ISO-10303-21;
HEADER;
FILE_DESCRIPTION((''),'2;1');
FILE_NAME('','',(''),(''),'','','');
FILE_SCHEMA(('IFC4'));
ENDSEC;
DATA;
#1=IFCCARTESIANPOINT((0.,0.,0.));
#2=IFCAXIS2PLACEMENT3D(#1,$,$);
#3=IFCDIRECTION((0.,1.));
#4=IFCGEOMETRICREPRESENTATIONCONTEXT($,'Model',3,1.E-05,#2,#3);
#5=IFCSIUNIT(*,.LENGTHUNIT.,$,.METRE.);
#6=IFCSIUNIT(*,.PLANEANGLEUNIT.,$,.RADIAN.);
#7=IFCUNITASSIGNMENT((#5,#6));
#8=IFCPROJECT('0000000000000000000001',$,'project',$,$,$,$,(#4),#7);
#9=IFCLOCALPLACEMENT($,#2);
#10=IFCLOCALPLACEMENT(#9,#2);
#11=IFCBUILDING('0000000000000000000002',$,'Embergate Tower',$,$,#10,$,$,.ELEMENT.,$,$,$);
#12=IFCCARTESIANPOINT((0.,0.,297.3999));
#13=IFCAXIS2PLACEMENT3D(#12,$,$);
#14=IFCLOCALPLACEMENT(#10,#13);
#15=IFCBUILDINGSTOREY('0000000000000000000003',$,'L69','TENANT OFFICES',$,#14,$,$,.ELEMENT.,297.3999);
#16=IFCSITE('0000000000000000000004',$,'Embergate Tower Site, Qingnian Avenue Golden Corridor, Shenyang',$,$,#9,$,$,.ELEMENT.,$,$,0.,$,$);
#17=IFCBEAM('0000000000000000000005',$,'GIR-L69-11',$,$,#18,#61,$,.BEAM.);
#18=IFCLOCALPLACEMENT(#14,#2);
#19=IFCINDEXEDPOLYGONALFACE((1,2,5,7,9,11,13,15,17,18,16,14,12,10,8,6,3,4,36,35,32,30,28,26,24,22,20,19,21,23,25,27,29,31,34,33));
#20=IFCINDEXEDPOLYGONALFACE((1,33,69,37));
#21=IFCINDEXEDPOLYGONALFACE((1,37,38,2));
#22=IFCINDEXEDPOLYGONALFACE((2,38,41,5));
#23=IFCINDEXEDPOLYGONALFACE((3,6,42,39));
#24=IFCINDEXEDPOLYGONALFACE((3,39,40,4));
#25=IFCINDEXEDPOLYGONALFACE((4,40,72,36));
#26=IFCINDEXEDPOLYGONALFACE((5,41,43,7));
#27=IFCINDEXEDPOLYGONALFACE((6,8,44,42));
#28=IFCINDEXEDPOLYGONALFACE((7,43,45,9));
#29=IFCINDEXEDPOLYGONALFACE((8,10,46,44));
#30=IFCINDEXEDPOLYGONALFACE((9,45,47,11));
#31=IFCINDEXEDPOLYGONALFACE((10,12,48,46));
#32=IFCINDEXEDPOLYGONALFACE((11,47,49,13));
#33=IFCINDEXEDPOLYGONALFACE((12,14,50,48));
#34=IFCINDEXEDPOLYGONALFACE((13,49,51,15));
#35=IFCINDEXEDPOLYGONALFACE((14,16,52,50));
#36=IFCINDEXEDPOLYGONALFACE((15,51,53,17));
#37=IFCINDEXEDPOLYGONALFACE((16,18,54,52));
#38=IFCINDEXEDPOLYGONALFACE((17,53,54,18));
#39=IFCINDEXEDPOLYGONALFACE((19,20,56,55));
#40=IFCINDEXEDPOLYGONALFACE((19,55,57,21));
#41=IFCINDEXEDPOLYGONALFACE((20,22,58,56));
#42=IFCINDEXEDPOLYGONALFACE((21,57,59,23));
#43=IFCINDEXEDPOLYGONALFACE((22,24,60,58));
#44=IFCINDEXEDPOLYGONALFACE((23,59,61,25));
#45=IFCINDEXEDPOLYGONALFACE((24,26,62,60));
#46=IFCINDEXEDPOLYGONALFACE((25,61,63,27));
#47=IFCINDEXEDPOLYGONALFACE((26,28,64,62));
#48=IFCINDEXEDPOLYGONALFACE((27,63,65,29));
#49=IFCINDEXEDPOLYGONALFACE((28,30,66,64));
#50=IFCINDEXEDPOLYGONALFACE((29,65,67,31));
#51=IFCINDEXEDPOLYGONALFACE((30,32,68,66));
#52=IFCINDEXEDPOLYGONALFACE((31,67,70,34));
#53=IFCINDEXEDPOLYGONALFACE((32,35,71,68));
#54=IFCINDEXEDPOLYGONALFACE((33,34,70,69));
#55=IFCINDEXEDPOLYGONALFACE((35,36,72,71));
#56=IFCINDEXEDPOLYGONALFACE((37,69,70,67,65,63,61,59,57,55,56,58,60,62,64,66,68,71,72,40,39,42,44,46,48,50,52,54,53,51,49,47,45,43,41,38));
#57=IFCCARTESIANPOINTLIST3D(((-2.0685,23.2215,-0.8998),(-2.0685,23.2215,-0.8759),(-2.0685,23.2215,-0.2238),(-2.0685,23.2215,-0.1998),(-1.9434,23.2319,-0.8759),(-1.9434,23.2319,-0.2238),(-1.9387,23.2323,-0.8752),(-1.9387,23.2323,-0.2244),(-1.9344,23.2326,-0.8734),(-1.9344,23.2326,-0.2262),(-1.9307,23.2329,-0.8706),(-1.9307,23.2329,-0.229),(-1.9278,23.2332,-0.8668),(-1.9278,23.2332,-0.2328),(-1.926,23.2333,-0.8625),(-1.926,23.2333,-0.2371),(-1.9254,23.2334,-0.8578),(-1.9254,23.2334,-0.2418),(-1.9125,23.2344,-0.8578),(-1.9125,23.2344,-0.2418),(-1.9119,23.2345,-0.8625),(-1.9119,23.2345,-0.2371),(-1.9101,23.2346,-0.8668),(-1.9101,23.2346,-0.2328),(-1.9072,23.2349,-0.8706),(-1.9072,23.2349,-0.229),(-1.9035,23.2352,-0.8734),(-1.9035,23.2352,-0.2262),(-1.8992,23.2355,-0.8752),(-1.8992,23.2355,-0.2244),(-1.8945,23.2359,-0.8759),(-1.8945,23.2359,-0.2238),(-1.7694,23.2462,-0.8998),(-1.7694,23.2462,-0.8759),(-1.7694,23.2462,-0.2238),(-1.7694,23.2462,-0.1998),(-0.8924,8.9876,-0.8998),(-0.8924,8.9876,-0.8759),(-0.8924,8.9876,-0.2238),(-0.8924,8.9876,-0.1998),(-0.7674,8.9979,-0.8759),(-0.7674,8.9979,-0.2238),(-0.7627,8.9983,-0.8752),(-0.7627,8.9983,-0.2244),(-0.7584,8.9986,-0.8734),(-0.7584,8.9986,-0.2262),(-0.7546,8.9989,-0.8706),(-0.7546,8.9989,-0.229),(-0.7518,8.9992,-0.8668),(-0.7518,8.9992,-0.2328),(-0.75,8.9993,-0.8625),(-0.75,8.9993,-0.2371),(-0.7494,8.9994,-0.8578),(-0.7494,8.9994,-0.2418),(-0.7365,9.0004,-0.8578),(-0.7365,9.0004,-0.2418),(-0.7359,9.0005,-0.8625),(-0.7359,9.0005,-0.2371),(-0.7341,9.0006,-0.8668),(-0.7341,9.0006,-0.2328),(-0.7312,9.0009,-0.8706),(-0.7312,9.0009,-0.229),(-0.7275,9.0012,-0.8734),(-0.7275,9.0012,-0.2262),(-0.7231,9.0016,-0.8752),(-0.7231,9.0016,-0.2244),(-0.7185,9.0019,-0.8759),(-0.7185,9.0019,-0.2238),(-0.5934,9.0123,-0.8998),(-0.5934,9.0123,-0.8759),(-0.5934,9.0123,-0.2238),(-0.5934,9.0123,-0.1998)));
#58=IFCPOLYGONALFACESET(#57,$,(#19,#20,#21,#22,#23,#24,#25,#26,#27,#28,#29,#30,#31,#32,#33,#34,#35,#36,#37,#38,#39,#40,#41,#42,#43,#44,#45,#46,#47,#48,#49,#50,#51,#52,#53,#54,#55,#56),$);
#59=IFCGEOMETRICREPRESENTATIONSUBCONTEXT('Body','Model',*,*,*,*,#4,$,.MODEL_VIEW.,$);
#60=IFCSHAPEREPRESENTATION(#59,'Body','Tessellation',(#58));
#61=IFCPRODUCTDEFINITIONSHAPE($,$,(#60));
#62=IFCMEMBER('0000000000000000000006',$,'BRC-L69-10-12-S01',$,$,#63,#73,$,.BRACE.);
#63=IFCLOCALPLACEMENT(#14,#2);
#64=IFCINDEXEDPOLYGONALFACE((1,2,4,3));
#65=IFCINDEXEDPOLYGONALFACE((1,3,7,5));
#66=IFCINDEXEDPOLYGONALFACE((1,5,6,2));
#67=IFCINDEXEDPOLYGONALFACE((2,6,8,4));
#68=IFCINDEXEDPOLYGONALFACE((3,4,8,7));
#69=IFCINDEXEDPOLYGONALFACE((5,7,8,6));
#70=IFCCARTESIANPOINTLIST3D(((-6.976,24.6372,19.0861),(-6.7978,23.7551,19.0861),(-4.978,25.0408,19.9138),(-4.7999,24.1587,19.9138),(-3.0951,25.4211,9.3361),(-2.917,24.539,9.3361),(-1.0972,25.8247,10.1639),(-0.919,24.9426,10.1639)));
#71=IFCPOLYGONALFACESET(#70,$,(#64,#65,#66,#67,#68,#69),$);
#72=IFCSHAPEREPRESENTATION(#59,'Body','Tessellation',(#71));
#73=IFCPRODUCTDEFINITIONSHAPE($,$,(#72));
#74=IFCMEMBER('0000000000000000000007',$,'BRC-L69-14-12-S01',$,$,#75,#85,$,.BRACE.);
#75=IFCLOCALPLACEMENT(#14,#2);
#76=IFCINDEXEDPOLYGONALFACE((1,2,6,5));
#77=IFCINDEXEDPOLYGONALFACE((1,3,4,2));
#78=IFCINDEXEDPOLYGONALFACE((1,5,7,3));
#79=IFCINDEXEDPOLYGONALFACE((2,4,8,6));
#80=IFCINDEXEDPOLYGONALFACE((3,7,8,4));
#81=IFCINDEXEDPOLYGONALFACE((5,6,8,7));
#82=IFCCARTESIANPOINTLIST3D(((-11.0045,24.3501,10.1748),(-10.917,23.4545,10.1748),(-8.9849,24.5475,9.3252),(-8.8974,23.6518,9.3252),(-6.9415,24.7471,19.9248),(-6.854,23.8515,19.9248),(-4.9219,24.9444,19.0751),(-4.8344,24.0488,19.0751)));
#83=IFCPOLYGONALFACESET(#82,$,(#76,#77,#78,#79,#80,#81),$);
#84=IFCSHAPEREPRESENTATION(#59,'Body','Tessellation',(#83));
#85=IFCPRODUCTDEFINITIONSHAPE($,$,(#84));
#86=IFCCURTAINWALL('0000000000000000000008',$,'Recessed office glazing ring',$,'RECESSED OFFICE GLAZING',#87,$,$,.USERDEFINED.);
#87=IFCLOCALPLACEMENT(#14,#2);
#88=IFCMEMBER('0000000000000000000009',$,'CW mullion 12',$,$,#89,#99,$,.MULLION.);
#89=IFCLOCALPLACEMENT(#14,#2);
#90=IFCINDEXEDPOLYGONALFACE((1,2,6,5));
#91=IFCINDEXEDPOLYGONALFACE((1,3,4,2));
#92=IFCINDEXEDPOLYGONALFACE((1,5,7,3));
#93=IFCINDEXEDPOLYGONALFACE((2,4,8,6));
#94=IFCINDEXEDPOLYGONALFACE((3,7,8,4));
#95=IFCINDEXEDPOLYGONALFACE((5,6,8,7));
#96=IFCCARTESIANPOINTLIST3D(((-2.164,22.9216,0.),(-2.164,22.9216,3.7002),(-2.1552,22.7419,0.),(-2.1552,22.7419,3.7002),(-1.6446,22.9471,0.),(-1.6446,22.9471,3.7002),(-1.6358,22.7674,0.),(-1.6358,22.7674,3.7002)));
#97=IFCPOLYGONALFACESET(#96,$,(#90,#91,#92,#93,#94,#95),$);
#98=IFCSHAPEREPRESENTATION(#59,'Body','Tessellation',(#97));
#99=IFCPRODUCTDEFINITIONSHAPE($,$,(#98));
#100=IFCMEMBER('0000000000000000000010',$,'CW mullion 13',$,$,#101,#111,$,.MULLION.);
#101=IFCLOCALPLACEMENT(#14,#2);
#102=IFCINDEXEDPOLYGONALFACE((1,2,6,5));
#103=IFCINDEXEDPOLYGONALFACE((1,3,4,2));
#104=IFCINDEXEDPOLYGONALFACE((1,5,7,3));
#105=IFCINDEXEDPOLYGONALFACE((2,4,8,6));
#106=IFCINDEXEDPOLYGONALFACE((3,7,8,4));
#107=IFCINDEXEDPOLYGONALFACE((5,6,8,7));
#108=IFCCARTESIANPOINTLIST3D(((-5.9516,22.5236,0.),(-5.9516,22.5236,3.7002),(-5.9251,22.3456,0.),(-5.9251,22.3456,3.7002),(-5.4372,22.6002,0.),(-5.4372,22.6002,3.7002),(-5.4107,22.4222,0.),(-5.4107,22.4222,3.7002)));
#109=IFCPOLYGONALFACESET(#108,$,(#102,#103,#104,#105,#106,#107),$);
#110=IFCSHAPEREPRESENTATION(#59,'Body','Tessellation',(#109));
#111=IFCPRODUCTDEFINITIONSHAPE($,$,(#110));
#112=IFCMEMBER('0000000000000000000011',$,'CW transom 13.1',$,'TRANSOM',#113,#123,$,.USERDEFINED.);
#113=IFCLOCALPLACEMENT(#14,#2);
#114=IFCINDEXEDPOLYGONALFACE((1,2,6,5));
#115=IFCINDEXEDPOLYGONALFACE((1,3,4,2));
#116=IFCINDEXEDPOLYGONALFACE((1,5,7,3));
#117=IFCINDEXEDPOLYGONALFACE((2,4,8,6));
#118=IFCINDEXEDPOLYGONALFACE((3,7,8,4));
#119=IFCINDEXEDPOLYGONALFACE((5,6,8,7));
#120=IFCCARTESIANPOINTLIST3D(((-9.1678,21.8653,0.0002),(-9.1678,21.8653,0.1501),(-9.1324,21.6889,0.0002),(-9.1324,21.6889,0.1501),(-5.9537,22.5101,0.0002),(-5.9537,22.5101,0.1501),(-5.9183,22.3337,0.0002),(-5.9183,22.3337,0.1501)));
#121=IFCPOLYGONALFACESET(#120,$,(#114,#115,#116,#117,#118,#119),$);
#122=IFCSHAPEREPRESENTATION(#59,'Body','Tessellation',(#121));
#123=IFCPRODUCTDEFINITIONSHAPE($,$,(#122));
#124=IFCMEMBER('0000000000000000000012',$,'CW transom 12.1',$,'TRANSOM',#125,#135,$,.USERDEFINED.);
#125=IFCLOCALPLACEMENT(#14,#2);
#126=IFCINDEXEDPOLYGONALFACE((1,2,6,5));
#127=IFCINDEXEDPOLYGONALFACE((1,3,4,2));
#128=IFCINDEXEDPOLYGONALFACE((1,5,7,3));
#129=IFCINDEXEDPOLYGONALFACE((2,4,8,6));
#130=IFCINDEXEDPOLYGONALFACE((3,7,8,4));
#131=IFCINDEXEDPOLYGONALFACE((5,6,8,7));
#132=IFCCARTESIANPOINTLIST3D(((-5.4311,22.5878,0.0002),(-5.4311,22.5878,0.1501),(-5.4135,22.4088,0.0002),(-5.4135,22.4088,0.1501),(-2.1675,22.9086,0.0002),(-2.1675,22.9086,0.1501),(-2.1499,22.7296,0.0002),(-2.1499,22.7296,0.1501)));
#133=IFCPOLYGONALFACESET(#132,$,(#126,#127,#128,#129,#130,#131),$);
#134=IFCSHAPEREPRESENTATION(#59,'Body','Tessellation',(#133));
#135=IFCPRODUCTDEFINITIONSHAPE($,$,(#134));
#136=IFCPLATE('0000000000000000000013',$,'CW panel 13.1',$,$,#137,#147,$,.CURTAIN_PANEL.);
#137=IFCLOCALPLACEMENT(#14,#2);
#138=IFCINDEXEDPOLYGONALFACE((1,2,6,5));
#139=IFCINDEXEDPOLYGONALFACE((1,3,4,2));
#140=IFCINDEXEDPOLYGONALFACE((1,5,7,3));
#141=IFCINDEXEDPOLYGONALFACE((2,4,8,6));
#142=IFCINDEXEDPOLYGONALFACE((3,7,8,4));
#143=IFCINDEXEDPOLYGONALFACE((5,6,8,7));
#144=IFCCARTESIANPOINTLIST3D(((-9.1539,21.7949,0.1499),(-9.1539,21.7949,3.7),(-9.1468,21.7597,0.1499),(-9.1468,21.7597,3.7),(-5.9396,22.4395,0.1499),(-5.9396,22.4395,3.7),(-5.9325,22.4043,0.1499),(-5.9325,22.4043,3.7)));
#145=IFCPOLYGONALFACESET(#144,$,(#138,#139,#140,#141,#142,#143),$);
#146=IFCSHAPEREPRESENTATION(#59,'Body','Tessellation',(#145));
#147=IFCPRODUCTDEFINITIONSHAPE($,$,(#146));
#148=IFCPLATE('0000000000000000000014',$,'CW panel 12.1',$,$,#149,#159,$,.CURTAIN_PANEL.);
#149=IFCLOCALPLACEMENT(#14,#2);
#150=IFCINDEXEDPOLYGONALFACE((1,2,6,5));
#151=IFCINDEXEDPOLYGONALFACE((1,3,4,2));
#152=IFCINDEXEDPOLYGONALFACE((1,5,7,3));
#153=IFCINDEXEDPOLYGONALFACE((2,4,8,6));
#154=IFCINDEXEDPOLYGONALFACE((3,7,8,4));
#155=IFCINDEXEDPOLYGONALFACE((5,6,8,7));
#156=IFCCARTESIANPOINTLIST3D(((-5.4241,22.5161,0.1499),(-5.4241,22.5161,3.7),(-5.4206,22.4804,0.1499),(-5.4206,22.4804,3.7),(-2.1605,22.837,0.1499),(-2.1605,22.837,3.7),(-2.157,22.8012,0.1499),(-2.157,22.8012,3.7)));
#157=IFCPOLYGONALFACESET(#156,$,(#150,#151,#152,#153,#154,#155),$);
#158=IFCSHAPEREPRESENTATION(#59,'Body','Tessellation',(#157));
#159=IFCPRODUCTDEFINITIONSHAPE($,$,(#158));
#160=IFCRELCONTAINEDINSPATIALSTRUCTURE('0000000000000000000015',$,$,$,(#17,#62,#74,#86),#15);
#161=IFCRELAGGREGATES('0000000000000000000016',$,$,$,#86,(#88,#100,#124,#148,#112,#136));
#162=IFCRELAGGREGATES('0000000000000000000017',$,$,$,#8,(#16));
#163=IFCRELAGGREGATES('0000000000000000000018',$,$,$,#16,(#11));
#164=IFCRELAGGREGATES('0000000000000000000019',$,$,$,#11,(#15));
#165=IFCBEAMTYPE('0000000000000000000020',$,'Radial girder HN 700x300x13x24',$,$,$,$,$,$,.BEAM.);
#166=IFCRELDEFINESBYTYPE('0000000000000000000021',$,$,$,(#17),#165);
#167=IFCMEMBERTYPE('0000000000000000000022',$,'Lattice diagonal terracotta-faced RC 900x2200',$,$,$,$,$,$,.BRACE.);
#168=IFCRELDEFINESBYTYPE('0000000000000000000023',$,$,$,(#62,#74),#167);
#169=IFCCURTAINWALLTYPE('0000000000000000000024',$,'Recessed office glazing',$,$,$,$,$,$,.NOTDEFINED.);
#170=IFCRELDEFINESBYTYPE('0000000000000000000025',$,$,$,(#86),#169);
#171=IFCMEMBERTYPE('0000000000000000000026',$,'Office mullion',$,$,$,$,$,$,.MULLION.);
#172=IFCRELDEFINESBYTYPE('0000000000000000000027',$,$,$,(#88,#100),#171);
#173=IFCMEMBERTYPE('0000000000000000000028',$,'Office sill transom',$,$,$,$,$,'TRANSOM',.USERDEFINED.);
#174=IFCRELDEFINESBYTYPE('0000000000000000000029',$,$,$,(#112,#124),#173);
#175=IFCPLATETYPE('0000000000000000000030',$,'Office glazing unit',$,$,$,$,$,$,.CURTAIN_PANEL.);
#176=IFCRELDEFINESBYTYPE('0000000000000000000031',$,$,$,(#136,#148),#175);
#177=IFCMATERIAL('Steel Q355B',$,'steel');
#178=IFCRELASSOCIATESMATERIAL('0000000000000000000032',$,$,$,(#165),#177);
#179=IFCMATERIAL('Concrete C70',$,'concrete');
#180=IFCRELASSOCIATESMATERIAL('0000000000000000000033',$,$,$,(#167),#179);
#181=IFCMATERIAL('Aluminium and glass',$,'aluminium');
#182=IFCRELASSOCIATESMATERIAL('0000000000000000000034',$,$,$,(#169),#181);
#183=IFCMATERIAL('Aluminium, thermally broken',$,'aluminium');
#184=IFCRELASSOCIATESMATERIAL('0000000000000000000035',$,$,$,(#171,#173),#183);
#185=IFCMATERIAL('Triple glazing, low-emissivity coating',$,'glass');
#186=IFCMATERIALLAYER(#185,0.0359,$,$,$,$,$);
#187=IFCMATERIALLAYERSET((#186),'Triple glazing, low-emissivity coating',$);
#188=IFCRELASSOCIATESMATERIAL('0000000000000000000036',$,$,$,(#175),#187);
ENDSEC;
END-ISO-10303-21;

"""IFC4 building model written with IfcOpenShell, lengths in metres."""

from ifc_helpers import new_model, si_unit, direction, frame, origin, origin_2d, place, context, subcontext, project, spatial, rectangle, i_section, extrude, source, transform, mapped, material, layer, layer_set, material_profile, profile_set, type_object, element, aggregate, save


model = new_model("IFC4")

# Units and contexts
model_context = context("Model", 3, precision=1e-05, world=origin(), true_north=direction((0.0, 1.0)))
body_context = subcontext(model_context, "Body", "Model", "MODEL_VIEW")
ifc_project = project(units=[si_unit("LENGTHUNIT", "METRE"), si_unit("PLANEANGLEUNIT", "RADIAN")], contexts=[model_context])

# Site, building, storey
site_placement = place(None, origin())
site = spatial("IfcSite", under=ifc_project, at=site_placement, Name="Embergate Tower Site, Qingnian Avenue Golden Corridor, Shenyang", CompositionType="ELEMENT", RefElevation=0.0)
building_placement = place(site_placement, origin())
building = spatial("IfcBuilding", under=site, at=building_placement, Name="Embergate Tower", CompositionType="ELEMENT")
storey_placement = place(building_placement, frame((0.0, 0.0, 297.3999)))
storey = spatial("IfcBuildingStorey", under=building, at=storey_placement, Name="L69", Description="TENANT OFFICES", CompositionType="ELEMENT", Elevation=297.3999)

# Beam
ifc_material_1 = material(Name="Steel Q355B", Category="steel")
ifc_material_profile_1 = material_profile(ifc_material_1, i_section(OverallWidth=0.3, OverallDepth=0.7, WebThickness=0.0129, FlangeThickness=0.0239, FilletRadius=0.0181, at=origin_2d()), Name="HN 700x300x13x24")
ifc_profile_set_1 = profile_set([ifc_material_profile_1], Name="Steel Q355 grade B")
beam_type_1 = type_object("IfcBeamType", Name="Radial girder HN 700x300x13x24", PredefinedType="BEAM", material=ifc_profile_set_1)
shared_shape_1 = source(origin(), body_context, "Body", "SweptSolid", [
    extrude(i_section(OverallWidth=0.3, OverallDepth=0.7, WebThickness=0.0129, FlangeThickness=0.0239, FilletRadius=0.0181, at=origin_2d()), origin(), (0.0, 0.0, 1.0), 14.2825),
])
beam_1_placement = place(storey_placement, frame((-1.9189, 23.2339, -0.5498), z_axis=(0.082341, -0.996604, 0.0), x_axis=(0.996604, 0.082341, 0.0)))
element("IfcBeam", 1, at=beam_1_placement, inside=storey, type_object=beam_type_1, Name="GIR-L69-11", PredefinedType="BEAM", context=body_context, shape_type="MappedRepresentation", body=[
    mapped(shared_shape_1, transform((0.0, 0.0, 0.0))),
])

# Members
ifc_material_2 = material(Name="Concrete C70", Category="concrete")
ifc_material_profile_2 = material_profile(ifc_material_2, rectangle(XDim=0.8999, YDim=2.2, at=origin_2d()), Name="RC 900x2200")
ifc_profile_set_2 = profile_set([ifc_material_profile_2], Name="Concrete C70")
member_type_1 = type_object("IfcMemberType", Name="Lattice diagonal terracotta-faced RC 900x2200", PredefinedType="BRACE", material=ifc_profile_set_2)
shared_shape_2 = source(origin(), body_context, "Body", "SweptSolid", [
    extrude(rectangle(XDim=0.8999, YDim=2.2, at=origin_2d()), origin(), (0.0, 0.0, 1.0), 10.5232),
])
member_1_placement = place(storey_placement, frame((-2.0071, 25.1819, 9.75), z_axis=(-0.36879, -0.074496, 0.926523), x_axis=(0.198001, -0.980202, 0.0)))
element("IfcMember", 2, at=member_1_placement, inside=storey, type_object=member_type_1, Name="BRC-L69-10-12-S01", PredefinedType="BRACE", context=body_context, shape_type="MappedRepresentation", body=[
    mapped(shared_shape_2, transform((0.0, 0.0, 0.0))),
])
shared_shape_3 = source(origin(), body_context, "Body", "SweptSolid", [
    extrude(rectangle(XDim=0.8999, YDim=2.2, at=origin_2d()), origin(), (0.0, 0.0, 1.0), 10.5701),
])
member_2_placement = place(storey_placement, frame((-9.9509, 24.001, 9.75), z_axis=(0.384383, 0.037556, 0.922409), x_axis=(-0.097242, 0.995261, 0.0)))
element("IfcMember", 3, at=member_2_placement, inside=storey, type_object=member_type_1, Name="BRC-L69-14-12-S01", PredefinedType="BRACE", context=body_context, shape_type="MappedRepresentation", body=[
    mapped(shared_shape_3, transform((0.0, 0.0, 0.0))),
])

# Curtain wall, members, plates
ifc_material_3 = material(Name="Aluminium and glass", Category="aluminium")
curtain_wall_type = type_object("IfcCurtainWallType", Name="Recessed office glazing", PredefinedType="NOTDEFINED", material=ifc_material_3)
curtain_wall_placement = place(storey_placement, origin())
curtain_wall = element("IfcCurtainWall", 4, at=curtain_wall_placement, inside=storey, type_object=curtain_wall_type, Name="Recessed office glazing ring", ObjectType="RECESSED OFFICE GLAZING", PredefinedType="USERDEFINED")
ifc_material_4 = material(Name="Aluminium, thermally broken", Category="aluminium")
ifc_material_profile_3 = material_profile(ifc_material_4, rectangle(XDim=0.1799, YDim=0.52, at=origin_2d()), Name="AL 520x180")
ifc_profile_set_3 = profile_set([ifc_material_profile_3], Name="Aluminium, thermally broken")
member_type_2 = type_object("IfcMemberType", Name="Office mullion", PredefinedType="MULLION", material=ifc_profile_set_3)
shared_shape_4 = source(origin(), body_context, "Body", "SweptSolid", [
    extrude(rectangle(XDim=0.1799, YDim=0.52, at=origin_2d()), origin(), (0.0, 0.0, 1.0), 3.7002),
])
member_3_placement = place(storey_placement, frame((-1.8999, 22.8445, 0.0), z_axis=(0.0, 0.0, 1.0), x_axis=(0.048972, -0.9988, 0.0)))
member_3 = element("IfcMember", 5, at=member_3_placement, type_object=member_type_2, Name="CW mullion 12", PredefinedType="MULLION", context=body_context, shape_type="MappedRepresentation", body=[
    mapped(shared_shape_4, transform((0.0, 0.0, 0.0))),
])
member_4_placement = place(storey_placement, frame((-5.6812, 22.4729, 0.0), z_axis=(0.0, 0.0, 1.0), x_axis=(0.147412, -0.989075, 0.0)))
member_4 = element("IfcMember", 6, at=member_4_placement, type_object=member_type_2, Name="CW mullion 13", PredefinedType="MULLION", context=body_context, shape_type="MappedRepresentation", body=[
    mapped(shared_shape_4, transform((0.0, 0.0, 0.0))),
])
ifc_material_profile_4 = material_profile(ifc_material_4, rectangle(XDim=0.1799, YDim=0.1499, at=origin_2d()), Name="AL 150x180")
ifc_profile_set_4 = profile_set([ifc_material_profile_4], Name="Aluminium, thermally broken")
member_type_3 = type_object("IfcMemberType", Name="Office sill transom", ElementType="TRANSOM", PredefinedType="USERDEFINED", material=ifc_profile_set_4)
shared_shape_5 = source(origin(), body_context, "Body", "SweptSolid", [
    extrude(rectangle(XDim=0.1799, YDim=0.1499, at=origin_2d()), origin(), (0.0, 0.0, 1.0), 3.2781),
])
member_5_placement = place(storey_placement, frame((-5.936, 22.4219, 0.0752), z_axis=(-0.980466, -0.196689, 0.0), x_axis=(0.196689, -0.980466, 0.0)))
member_5 = element("IfcMember", 7, at=member_5_placement, type_object=member_type_3, Name="CW transom 13.1", ObjectType="TRANSOM", PredefinedType="USERDEFINED", context=body_context, shape_type="MappedRepresentation", body=[
    mapped(shared_shape_5, transform((0.0, 0.0, 0.0))),
])
shared_shape_6 = source(origin(), body_context, "Body", "SweptSolid", [
    extrude(rectangle(XDim=0.1799, YDim=0.1499, at=origin_2d()), origin(), (0.0, 0.0, 1.0), 3.2793),
])
member_6_placement = place(storey_placement, frame((-2.1587, 22.8191, 0.0752), z_axis=(-0.995204, -0.097823, 0.0), x_axis=(0.097823, -0.995204, 0.0)))
member_6 = element("IfcMember", 8, at=member_6_placement, type_object=member_type_3, Name="CW transom 12.1", ObjectType="TRANSOM", PredefinedType="USERDEFINED", context=body_context, shape_type="MappedRepresentation", body=[
    mapped(shared_shape_6, transform((0.0, 0.0, 0.0))),
])
ifc_material_5 = material(Name="Triple glazing, low-emissivity coating", Category="glass")
ifc_layer = layer(ifc_material_5, 0.0359)
ifc_layer_set = layer_set([ifc_layer], Name="Triple glazing, low-emissivity coating")
plate_type = type_object("IfcPlateType", Name="Office glazing unit", PredefinedType="CURTAIN_PANEL", material=ifc_layer_set)
shared_shape_7 = source(origin(), body_context, "Body", "SweptSolid", [
    extrude(rectangle(XDim=3.2783, YDim=0.0359, at=origin_2d()), origin(), (0.0, 0.0, 1.0), 3.55),
])
plate_1_placement = place(storey_placement, frame((-7.5432, 22.0996, 0.1499), z_axis=(0.0, 0.0, 1.0), x_axis=(-0.980476, -0.196641, 0.0)))
plate_1 = element("IfcPlate", 9, at=plate_1_placement, type_object=plate_type, Name="CW panel 13.1", PredefinedType="CURTAIN_PANEL", context=body_context, shape_type="MappedRepresentation", body=[
    mapped(shared_shape_7, transform((0.0, 0.0, 0.0))),
])
shared_shape_8 = source(origin(), body_context, "Body", "SweptSolid", [
    extrude(rectangle(XDim=3.2793, YDim=0.0359, at=origin_2d()), origin(), (0.0, 0.0, 1.0), 3.55),
])
plate_2_placement = place(storey_placement, frame((-3.7905, 22.6587, 0.1499), z_axis=(0.0, 0.0, 1.0), x_axis=(-0.995203, -0.09783, 0.0)))
plate_2 = element("IfcPlate", 10, at=plate_2_placement, type_object=plate_type, Name="CW panel 12.1", PredefinedType="CURTAIN_PANEL", context=body_context, shape_type="MappedRepresentation", body=[
    mapped(shared_shape_8, transform((0.0, 0.0, 0.0))),
])
aggregate(curtain_wall, [member_3, member_4, member_6, plate_2, member_5, plate_1])

save(model, "model.ifc")
